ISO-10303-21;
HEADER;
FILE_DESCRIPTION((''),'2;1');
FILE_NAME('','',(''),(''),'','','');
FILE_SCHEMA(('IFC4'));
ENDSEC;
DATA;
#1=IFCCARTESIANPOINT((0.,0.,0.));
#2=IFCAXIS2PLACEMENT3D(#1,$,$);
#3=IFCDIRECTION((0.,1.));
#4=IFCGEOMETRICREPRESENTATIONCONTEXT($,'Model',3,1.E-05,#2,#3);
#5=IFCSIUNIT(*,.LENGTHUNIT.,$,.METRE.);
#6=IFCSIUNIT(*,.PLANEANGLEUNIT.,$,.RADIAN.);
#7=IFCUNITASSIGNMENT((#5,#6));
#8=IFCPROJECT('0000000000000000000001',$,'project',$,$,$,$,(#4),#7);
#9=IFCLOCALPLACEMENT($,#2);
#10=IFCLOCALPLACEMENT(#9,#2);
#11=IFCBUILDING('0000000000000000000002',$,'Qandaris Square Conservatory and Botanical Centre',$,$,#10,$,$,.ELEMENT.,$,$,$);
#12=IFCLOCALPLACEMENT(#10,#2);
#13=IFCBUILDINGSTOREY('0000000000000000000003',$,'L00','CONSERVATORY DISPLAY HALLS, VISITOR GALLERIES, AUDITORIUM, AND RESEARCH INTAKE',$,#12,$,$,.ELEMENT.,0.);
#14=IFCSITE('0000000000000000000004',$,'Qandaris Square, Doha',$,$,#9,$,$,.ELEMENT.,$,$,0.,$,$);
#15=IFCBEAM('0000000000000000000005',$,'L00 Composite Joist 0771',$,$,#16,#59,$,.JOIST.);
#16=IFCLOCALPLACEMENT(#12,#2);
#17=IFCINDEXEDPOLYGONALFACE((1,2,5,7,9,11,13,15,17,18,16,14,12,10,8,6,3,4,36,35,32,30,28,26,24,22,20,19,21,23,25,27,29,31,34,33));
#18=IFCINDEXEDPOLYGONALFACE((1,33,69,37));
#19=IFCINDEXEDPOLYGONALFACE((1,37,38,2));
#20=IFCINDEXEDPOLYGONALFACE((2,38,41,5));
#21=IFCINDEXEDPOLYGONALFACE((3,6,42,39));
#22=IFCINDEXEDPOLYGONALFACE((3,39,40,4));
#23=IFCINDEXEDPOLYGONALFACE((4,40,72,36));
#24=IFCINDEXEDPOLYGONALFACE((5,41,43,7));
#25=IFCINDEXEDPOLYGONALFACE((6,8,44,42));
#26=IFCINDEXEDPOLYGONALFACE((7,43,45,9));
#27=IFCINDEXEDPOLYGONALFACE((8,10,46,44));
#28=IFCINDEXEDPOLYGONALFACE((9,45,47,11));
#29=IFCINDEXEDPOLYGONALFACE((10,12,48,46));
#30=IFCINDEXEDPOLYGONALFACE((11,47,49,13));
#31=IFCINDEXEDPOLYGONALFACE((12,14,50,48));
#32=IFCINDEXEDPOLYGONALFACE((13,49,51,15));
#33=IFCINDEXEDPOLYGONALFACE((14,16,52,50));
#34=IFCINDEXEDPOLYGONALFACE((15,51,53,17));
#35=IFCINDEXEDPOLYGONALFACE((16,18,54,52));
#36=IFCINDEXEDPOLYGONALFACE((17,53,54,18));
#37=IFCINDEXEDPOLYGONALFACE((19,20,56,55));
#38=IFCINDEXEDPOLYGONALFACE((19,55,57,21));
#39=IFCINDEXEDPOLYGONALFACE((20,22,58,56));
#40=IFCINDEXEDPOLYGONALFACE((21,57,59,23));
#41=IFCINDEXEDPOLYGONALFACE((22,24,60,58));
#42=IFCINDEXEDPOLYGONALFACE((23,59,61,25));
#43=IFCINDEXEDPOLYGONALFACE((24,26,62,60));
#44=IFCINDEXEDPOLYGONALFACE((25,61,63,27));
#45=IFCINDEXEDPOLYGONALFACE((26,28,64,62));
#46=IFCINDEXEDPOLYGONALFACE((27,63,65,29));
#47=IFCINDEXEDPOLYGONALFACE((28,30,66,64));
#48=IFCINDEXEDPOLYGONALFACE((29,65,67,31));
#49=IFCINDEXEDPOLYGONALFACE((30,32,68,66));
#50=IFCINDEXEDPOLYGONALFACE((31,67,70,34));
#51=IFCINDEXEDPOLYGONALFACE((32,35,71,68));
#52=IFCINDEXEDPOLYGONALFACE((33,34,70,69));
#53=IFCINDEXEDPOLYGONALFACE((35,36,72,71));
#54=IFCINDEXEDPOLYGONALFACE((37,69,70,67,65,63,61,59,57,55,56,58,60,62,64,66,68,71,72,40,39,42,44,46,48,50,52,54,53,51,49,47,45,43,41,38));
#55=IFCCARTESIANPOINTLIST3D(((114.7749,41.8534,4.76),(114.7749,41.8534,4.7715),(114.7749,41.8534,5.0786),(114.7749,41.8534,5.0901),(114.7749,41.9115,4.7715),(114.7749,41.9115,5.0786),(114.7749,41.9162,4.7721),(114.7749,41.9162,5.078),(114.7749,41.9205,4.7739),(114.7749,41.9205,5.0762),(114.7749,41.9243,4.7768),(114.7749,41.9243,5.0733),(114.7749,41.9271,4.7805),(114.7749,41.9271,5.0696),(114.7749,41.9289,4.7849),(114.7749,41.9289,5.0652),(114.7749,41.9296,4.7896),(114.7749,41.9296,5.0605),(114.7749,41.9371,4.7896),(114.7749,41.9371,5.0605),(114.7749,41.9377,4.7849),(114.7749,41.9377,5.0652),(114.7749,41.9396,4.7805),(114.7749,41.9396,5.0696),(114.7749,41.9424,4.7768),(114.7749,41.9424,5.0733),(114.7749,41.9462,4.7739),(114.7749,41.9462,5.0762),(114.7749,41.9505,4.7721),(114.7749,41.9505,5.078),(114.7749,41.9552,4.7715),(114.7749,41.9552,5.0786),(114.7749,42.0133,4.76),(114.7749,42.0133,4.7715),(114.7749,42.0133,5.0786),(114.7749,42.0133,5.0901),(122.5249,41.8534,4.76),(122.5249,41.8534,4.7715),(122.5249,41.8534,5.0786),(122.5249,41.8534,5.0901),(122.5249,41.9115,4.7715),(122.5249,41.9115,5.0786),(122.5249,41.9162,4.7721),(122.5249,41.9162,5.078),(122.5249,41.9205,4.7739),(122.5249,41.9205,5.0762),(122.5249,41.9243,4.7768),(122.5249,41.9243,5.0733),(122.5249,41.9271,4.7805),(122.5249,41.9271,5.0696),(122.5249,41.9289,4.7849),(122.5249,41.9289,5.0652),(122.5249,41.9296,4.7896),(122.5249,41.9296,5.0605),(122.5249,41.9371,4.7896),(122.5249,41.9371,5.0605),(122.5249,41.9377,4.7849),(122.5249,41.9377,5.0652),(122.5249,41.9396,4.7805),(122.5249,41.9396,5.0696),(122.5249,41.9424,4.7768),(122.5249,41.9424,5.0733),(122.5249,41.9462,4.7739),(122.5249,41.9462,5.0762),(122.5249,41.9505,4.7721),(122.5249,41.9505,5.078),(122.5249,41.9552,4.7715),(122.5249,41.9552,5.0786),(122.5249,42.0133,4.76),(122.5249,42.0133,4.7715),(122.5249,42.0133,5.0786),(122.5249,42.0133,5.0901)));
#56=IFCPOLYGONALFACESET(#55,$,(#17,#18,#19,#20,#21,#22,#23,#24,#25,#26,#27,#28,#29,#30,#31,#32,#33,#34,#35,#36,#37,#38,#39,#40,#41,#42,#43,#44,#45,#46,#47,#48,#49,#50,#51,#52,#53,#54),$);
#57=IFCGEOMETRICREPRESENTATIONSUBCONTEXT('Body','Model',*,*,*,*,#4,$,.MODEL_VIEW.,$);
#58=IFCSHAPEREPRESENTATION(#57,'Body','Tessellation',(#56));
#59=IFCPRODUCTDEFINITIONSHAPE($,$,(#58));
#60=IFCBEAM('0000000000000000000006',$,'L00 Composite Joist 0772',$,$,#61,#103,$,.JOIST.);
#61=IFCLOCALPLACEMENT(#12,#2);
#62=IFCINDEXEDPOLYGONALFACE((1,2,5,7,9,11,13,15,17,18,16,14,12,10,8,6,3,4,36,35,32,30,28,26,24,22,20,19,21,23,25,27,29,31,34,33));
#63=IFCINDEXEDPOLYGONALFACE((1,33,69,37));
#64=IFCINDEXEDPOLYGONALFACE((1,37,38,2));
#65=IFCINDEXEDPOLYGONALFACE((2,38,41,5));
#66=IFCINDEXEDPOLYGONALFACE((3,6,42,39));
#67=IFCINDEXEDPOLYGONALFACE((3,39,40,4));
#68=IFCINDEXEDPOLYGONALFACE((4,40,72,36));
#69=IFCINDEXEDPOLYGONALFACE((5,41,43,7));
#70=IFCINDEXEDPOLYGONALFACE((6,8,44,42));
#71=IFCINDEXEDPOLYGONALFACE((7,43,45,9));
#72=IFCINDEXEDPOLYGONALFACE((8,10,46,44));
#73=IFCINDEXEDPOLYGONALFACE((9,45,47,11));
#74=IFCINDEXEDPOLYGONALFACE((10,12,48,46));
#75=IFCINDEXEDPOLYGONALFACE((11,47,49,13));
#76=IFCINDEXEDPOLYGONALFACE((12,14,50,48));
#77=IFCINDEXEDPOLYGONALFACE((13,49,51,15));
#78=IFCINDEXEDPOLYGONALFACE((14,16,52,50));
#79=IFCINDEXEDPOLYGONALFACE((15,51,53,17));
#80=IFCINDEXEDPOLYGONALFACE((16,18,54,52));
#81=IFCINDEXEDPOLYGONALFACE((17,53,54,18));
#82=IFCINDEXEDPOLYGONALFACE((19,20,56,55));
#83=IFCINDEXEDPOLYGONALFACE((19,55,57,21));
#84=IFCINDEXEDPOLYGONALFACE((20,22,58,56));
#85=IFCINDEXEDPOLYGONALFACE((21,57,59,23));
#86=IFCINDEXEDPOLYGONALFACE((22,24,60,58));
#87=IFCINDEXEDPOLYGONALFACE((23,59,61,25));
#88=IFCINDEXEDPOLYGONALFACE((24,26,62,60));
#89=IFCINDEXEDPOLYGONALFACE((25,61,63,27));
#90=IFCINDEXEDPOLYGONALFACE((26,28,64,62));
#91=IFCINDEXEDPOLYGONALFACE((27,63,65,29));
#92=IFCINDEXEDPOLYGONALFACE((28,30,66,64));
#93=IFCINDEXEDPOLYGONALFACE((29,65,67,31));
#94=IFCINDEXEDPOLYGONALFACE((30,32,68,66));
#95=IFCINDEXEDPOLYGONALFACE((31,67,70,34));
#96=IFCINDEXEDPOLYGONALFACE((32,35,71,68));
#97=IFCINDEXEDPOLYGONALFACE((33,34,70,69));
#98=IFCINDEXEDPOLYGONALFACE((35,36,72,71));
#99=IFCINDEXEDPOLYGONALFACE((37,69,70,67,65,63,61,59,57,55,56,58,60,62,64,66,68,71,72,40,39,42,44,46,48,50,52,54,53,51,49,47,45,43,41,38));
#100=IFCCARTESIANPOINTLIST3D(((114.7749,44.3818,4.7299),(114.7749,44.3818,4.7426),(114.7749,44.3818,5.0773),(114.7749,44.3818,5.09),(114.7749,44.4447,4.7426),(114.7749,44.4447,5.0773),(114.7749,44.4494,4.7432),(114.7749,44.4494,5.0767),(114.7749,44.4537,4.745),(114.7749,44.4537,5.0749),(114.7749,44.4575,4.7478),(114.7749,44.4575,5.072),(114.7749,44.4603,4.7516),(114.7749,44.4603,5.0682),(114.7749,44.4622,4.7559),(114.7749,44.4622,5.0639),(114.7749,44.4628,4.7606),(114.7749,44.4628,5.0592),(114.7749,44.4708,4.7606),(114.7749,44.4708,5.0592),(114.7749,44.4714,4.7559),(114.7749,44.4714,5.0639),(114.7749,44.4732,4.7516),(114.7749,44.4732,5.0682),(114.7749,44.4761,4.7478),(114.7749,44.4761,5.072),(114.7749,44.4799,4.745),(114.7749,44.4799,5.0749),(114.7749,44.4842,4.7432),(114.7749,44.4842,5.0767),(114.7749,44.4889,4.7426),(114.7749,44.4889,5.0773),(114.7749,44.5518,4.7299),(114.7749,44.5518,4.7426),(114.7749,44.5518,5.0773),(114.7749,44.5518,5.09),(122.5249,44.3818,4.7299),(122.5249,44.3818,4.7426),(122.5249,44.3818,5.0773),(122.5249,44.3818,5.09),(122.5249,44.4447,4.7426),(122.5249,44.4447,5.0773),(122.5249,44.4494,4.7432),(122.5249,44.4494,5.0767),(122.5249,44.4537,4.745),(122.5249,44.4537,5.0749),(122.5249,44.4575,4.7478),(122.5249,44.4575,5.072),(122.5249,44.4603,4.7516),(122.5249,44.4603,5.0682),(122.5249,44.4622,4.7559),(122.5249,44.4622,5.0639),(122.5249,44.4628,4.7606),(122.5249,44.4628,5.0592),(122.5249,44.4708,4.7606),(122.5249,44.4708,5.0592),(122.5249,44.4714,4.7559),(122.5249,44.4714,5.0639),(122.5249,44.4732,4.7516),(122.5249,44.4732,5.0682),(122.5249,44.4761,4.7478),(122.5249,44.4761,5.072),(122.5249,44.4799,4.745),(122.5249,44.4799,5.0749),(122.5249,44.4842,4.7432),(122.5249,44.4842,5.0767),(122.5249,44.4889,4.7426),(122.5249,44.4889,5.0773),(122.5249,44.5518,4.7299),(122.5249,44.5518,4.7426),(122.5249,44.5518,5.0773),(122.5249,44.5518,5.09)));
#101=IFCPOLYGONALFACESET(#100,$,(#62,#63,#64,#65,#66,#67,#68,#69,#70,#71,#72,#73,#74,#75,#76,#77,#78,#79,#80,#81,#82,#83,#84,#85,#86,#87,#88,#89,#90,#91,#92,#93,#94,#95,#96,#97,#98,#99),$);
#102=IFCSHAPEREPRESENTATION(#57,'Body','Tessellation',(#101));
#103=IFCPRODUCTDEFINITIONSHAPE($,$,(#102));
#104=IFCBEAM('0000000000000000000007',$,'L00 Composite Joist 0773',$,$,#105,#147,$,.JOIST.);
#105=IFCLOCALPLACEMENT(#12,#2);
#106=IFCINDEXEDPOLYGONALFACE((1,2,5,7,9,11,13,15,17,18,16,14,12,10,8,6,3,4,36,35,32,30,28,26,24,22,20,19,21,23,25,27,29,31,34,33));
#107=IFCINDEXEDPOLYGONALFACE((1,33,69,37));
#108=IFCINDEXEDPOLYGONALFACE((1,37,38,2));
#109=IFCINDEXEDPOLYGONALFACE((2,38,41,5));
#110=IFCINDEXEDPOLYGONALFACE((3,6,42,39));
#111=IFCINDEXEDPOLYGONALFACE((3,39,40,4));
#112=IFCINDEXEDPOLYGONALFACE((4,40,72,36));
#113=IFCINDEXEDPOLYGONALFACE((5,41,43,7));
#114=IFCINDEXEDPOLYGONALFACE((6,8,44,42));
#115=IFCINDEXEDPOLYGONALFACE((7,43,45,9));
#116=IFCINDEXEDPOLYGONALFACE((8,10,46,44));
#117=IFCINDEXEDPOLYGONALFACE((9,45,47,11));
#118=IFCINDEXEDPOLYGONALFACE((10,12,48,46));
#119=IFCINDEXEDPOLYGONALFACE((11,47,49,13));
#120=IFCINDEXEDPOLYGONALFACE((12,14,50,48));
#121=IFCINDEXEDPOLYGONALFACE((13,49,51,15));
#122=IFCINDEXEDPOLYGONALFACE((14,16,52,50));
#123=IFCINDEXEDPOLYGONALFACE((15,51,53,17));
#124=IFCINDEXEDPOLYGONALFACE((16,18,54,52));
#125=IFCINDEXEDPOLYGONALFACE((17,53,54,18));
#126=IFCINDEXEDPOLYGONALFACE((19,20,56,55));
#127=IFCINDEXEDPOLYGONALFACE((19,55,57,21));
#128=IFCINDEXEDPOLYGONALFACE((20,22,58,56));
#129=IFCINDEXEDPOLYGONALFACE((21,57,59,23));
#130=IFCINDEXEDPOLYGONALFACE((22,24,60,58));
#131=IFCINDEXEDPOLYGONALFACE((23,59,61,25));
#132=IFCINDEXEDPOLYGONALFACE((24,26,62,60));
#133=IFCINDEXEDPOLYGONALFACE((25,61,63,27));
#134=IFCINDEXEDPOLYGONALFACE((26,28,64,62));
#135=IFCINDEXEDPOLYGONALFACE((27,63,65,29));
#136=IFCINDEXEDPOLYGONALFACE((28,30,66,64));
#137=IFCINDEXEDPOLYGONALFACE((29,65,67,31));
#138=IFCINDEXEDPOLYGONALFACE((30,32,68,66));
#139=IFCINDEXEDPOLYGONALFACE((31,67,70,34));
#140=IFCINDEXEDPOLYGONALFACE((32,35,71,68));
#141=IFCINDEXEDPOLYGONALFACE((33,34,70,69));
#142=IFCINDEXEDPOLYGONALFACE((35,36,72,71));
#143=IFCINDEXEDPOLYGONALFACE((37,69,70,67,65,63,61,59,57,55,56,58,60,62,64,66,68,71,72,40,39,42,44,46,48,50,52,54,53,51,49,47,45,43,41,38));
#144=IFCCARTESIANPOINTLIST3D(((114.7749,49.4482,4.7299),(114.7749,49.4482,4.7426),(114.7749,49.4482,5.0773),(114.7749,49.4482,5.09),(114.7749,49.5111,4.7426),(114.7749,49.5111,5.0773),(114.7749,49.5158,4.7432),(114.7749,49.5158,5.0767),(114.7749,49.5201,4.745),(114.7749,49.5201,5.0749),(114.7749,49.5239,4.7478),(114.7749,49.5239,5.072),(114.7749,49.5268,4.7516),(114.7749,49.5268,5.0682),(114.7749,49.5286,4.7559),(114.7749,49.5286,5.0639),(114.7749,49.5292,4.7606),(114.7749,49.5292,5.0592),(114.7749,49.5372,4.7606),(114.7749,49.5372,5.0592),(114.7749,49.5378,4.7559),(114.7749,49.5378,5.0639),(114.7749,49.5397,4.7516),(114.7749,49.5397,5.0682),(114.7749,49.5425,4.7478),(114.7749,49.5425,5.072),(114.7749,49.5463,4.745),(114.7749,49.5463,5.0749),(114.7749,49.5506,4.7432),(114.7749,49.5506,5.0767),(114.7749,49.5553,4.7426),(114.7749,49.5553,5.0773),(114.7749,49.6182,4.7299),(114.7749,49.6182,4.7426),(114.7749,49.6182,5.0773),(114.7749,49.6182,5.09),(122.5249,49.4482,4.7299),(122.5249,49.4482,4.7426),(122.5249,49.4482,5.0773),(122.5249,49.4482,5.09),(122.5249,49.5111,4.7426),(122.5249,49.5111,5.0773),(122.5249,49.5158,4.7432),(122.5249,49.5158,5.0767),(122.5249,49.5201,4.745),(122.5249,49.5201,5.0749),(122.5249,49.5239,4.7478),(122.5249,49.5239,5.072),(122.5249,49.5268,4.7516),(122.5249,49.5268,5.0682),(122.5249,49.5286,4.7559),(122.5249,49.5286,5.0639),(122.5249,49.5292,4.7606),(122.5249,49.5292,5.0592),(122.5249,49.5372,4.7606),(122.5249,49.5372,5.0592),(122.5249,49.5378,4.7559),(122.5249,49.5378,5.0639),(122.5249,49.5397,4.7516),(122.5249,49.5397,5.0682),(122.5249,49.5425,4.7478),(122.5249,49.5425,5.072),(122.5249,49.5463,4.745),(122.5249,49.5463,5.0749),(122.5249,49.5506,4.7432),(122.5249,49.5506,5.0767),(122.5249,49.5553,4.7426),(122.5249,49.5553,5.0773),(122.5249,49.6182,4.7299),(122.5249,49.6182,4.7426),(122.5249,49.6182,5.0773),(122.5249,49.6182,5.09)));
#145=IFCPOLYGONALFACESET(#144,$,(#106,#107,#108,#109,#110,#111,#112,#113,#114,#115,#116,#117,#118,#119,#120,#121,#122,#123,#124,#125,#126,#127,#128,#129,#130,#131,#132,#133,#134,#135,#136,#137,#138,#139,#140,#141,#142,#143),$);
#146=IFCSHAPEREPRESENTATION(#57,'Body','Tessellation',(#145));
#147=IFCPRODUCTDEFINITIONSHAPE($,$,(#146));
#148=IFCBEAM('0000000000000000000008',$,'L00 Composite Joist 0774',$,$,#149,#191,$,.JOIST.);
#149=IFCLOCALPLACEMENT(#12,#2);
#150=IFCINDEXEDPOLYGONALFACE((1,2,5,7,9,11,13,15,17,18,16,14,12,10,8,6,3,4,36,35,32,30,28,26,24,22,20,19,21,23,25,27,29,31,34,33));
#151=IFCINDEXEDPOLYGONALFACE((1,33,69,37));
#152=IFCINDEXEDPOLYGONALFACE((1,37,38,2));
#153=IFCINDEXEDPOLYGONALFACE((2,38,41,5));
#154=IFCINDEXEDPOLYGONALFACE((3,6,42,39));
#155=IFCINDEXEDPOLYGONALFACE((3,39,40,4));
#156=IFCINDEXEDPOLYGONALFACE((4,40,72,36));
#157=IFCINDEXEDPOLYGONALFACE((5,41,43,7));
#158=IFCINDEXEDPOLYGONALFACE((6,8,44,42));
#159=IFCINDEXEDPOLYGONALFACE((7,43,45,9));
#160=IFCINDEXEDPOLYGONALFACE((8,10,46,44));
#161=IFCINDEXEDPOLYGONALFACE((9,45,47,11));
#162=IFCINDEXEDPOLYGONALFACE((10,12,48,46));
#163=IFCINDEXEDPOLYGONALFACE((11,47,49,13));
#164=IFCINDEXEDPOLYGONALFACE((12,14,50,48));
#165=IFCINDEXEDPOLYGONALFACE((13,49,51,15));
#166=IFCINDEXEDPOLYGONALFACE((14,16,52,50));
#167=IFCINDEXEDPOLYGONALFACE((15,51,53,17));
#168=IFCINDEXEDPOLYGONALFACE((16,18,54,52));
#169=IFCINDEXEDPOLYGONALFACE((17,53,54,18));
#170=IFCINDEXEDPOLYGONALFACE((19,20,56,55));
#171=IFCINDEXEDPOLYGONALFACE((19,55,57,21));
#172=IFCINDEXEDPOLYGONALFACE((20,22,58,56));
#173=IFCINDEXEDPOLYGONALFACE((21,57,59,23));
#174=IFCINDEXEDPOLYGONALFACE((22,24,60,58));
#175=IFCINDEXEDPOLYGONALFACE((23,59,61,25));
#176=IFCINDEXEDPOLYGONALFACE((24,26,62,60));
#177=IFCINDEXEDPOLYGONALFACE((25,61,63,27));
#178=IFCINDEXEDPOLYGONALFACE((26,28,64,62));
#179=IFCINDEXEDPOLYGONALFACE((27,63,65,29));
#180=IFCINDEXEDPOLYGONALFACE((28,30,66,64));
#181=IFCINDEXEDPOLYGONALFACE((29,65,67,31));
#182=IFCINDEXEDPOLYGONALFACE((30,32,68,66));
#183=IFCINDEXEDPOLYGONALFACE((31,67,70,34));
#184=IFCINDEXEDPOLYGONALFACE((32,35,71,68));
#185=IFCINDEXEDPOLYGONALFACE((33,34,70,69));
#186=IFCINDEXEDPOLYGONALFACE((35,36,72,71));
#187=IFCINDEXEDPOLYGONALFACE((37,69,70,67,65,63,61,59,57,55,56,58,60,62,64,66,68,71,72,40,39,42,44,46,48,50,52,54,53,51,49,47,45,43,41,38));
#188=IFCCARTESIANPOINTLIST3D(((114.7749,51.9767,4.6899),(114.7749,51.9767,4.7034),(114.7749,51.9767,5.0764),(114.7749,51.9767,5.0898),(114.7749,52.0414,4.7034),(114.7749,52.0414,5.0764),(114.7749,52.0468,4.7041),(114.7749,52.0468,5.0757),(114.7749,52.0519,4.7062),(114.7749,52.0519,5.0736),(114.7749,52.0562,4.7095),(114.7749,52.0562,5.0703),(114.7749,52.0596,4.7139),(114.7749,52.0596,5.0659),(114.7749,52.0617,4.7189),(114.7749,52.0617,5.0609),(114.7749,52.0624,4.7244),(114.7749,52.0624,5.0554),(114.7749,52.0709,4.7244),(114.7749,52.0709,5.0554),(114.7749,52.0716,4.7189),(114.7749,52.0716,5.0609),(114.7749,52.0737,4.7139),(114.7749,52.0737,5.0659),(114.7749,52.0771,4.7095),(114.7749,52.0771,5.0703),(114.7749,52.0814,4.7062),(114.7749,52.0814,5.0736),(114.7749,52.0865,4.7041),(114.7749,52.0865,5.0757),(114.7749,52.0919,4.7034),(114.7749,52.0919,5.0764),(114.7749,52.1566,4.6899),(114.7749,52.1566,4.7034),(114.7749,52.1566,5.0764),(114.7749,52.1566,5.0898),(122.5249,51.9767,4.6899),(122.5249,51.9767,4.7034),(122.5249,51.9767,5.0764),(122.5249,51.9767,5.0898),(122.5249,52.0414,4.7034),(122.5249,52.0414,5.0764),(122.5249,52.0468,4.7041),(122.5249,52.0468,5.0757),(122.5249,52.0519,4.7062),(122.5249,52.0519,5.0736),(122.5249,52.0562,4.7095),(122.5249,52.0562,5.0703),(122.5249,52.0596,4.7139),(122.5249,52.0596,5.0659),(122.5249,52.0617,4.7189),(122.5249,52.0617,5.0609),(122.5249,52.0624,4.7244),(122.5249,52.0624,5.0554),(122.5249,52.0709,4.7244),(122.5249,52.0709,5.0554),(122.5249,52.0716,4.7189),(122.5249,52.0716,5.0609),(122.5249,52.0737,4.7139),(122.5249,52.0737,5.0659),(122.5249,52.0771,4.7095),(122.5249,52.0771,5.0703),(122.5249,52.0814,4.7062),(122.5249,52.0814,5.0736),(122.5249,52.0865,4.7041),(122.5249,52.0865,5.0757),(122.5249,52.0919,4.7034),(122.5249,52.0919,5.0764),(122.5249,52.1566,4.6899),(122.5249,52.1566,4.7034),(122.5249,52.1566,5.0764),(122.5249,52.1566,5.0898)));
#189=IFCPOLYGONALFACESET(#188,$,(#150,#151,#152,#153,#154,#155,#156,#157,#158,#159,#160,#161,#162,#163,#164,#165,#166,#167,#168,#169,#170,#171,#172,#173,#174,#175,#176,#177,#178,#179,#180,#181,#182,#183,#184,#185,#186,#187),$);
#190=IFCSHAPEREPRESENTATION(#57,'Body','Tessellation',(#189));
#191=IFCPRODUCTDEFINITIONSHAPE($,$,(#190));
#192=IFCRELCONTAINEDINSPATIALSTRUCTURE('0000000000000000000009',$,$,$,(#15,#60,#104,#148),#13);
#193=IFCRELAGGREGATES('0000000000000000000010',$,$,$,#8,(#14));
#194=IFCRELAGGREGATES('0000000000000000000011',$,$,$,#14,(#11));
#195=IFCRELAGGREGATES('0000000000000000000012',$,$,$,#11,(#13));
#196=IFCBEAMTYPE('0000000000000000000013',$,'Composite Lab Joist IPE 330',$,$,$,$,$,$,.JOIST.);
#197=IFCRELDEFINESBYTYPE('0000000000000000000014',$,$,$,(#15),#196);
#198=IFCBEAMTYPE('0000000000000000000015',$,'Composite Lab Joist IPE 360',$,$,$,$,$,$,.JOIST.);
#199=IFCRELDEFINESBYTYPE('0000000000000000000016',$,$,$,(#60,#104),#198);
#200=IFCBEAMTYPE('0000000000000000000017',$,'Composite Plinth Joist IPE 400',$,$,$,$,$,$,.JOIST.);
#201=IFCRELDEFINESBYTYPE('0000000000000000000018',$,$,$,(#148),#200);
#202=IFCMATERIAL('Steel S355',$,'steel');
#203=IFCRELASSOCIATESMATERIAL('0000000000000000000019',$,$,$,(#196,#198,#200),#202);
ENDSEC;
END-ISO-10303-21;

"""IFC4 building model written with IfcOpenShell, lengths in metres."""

from ifc_helpers import new_model, si_unit, direction, frame, origin, origin_2d, place, context, subcontext, project, spatial, i_section, extrude, material, material_profile, profile_set, type_object, element, save


model = new_model("IFC4")

# Units and contexts
model_context = context("Model", 3, precision=1e-05, world=origin(), true_north=direction((0.0, 1.0)))
body_context = subcontext(model_context, "Body", "Model", "MODEL_VIEW")
ifc_project = project(units=[si_unit("LENGTHUNIT", "METRE"), si_unit("PLANEANGLEUNIT", "RADIAN")], contexts=[model_context])

# Site, building, storey
site_placement = place(None, origin())
site = spatial("IfcSite", under=ifc_project, at=site_placement, Name="Qandaris Square, Doha", CompositionType="ELEMENT", RefElevation=0.0)
building_placement = place(site_placement, origin())
building = spatial("IfcBuilding", under=site, at=building_placement, Name="Qandaris Square Conservatory and Botanical Centre", CompositionType="ELEMENT")
storey_placement = place(building_placement, origin())
storey = spatial("IfcBuildingStorey", under=building, at=storey_placement, Name="L00", Description="CONSERVATORY DISPLAY HALLS, VISITOR GALLERIES, AUDITORIUM, AND RESEARCH INTAKE", CompositionType="ELEMENT", Elevation=0.0)

# Beams
ifc_material_1 = material(Name="Steel S355", Category="steel")
ifc_material_profile_1 = material_profile(ifc_material_1, i_section(OverallWidth=0.1599, OverallDepth=0.3301, WebThickness=0.0076, FlangeThickness=0.0115, FilletRadius=0.0181, at=origin_2d()), Name="IPE 330")
ifc_profile_set_1 = profile_set([ifc_material_profile_1], Name="Steel S355")
beam_type_1 = type_object("IfcBeamType", Name="Composite Lab Joist IPE 330", PredefinedType="JOIST", material=ifc_profile_set_1)
beam_1_placement = place(storey_placement, frame((114.7749, 41.9333, 4.925), z_axis=(1.0, 0.0, 0.0), x_axis=(0.0, 1.0, 0.0)))
element("IfcBeam", 1, at=beam_1_placement, inside=storey, type_object=beam_type_1, Name="L00 Composite Joist 0771", PredefinedType="JOIST", context=body_context, shape_type="SweptSolid", body=[
    extrude(i_section(OverallWidth=0.1599, OverallDepth=0.3301, WebThickness=0.0076, FlangeThickness=0.0115, FilletRadius=0.0181, at=origin_2d()), origin(), (0.0, 0.0, 1.0), 7.75),
])
ifc_material_profile_2 = material_profile(ifc_material_1, i_section(OverallWidth=0.1699, OverallDepth=0.3601, WebThickness=0.0081, FlangeThickness=0.0127, FilletRadius=0.0181, at=origin_2d()), Name="IPE 360")
ifc_profile_set_2 = profile_set([ifc_material_profile_2], Name="Steel S355")
beam_type_2 = type_object("IfcBeamType", Name="Composite Lab Joist IPE 360", PredefinedType="JOIST", material=ifc_profile_set_2)
for number, where, z_axis, x_axis, name in (
    (2, (114.7749, 44.4668, 4.9099), (1.0, 0.0, 0.0), (0.0, 1.0, 0.0), "L00 Composite Joist 0772"),
    (3, (114.7749, 49.5332, 4.9099), (1.0, 0.0, 0.0), (0.0, 1.0, 0.0), "L00 Composite Joist 0773"),
):
    element("IfcBeam", number, at=place(storey_placement, frame(where, z_axis=z_axis, x_axis=x_axis)), inside=storey, type_object=beam_type_2, Name=name, PredefinedType="JOIST", context=body_context, shape_type="SweptSolid", body=[
        extrude(i_section(OverallWidth=0.1699, OverallDepth=0.3601, WebThickness=0.0081, FlangeThickness=0.0127, FilletRadius=0.0181, at=origin_2d()), origin(), (0.0, 0.0, 1.0), 7.75),
    ])
ifc_material_profile_3 = material_profile(ifc_material_1, i_section(OverallWidth=0.1799, OverallDepth=0.3999, WebThickness=0.0085, FlangeThickness=0.0134, FilletRadius=0.021, at=origin_2d()), Name="IPE 400")
ifc_profile_set_3 = profile_set([ifc_material_profile_3], Name="Steel S355")
beam_type_3 = type_object("IfcBeamType", Name="Composite Plinth Joist IPE 400", PredefinedType="JOIST", material=ifc_profile_set_3)
beam_2_placement = place(storey_placement, frame((114.7749, 52.0667, 4.8899), z_axis=(1.0, 0.0, 0.0), x_axis=(0.0, 1.0, 0.0)))
element("IfcBeam", 4, at=beam_2_placement, inside=storey, type_object=beam_type_3, Name="L00 Composite Joist 0774", PredefinedType="JOIST", context=body_context, shape_type="SweptSolid", body=[
    extrude(i_section(OverallWidth=0.1799, OverallDepth=0.3999, WebThickness=0.0085, FlangeThickness=0.0134, FilletRadius=0.021, at=origin_2d()), origin(), (0.0, 0.0, 1.0), 7.75),
])

save(model, "model.ifc")
